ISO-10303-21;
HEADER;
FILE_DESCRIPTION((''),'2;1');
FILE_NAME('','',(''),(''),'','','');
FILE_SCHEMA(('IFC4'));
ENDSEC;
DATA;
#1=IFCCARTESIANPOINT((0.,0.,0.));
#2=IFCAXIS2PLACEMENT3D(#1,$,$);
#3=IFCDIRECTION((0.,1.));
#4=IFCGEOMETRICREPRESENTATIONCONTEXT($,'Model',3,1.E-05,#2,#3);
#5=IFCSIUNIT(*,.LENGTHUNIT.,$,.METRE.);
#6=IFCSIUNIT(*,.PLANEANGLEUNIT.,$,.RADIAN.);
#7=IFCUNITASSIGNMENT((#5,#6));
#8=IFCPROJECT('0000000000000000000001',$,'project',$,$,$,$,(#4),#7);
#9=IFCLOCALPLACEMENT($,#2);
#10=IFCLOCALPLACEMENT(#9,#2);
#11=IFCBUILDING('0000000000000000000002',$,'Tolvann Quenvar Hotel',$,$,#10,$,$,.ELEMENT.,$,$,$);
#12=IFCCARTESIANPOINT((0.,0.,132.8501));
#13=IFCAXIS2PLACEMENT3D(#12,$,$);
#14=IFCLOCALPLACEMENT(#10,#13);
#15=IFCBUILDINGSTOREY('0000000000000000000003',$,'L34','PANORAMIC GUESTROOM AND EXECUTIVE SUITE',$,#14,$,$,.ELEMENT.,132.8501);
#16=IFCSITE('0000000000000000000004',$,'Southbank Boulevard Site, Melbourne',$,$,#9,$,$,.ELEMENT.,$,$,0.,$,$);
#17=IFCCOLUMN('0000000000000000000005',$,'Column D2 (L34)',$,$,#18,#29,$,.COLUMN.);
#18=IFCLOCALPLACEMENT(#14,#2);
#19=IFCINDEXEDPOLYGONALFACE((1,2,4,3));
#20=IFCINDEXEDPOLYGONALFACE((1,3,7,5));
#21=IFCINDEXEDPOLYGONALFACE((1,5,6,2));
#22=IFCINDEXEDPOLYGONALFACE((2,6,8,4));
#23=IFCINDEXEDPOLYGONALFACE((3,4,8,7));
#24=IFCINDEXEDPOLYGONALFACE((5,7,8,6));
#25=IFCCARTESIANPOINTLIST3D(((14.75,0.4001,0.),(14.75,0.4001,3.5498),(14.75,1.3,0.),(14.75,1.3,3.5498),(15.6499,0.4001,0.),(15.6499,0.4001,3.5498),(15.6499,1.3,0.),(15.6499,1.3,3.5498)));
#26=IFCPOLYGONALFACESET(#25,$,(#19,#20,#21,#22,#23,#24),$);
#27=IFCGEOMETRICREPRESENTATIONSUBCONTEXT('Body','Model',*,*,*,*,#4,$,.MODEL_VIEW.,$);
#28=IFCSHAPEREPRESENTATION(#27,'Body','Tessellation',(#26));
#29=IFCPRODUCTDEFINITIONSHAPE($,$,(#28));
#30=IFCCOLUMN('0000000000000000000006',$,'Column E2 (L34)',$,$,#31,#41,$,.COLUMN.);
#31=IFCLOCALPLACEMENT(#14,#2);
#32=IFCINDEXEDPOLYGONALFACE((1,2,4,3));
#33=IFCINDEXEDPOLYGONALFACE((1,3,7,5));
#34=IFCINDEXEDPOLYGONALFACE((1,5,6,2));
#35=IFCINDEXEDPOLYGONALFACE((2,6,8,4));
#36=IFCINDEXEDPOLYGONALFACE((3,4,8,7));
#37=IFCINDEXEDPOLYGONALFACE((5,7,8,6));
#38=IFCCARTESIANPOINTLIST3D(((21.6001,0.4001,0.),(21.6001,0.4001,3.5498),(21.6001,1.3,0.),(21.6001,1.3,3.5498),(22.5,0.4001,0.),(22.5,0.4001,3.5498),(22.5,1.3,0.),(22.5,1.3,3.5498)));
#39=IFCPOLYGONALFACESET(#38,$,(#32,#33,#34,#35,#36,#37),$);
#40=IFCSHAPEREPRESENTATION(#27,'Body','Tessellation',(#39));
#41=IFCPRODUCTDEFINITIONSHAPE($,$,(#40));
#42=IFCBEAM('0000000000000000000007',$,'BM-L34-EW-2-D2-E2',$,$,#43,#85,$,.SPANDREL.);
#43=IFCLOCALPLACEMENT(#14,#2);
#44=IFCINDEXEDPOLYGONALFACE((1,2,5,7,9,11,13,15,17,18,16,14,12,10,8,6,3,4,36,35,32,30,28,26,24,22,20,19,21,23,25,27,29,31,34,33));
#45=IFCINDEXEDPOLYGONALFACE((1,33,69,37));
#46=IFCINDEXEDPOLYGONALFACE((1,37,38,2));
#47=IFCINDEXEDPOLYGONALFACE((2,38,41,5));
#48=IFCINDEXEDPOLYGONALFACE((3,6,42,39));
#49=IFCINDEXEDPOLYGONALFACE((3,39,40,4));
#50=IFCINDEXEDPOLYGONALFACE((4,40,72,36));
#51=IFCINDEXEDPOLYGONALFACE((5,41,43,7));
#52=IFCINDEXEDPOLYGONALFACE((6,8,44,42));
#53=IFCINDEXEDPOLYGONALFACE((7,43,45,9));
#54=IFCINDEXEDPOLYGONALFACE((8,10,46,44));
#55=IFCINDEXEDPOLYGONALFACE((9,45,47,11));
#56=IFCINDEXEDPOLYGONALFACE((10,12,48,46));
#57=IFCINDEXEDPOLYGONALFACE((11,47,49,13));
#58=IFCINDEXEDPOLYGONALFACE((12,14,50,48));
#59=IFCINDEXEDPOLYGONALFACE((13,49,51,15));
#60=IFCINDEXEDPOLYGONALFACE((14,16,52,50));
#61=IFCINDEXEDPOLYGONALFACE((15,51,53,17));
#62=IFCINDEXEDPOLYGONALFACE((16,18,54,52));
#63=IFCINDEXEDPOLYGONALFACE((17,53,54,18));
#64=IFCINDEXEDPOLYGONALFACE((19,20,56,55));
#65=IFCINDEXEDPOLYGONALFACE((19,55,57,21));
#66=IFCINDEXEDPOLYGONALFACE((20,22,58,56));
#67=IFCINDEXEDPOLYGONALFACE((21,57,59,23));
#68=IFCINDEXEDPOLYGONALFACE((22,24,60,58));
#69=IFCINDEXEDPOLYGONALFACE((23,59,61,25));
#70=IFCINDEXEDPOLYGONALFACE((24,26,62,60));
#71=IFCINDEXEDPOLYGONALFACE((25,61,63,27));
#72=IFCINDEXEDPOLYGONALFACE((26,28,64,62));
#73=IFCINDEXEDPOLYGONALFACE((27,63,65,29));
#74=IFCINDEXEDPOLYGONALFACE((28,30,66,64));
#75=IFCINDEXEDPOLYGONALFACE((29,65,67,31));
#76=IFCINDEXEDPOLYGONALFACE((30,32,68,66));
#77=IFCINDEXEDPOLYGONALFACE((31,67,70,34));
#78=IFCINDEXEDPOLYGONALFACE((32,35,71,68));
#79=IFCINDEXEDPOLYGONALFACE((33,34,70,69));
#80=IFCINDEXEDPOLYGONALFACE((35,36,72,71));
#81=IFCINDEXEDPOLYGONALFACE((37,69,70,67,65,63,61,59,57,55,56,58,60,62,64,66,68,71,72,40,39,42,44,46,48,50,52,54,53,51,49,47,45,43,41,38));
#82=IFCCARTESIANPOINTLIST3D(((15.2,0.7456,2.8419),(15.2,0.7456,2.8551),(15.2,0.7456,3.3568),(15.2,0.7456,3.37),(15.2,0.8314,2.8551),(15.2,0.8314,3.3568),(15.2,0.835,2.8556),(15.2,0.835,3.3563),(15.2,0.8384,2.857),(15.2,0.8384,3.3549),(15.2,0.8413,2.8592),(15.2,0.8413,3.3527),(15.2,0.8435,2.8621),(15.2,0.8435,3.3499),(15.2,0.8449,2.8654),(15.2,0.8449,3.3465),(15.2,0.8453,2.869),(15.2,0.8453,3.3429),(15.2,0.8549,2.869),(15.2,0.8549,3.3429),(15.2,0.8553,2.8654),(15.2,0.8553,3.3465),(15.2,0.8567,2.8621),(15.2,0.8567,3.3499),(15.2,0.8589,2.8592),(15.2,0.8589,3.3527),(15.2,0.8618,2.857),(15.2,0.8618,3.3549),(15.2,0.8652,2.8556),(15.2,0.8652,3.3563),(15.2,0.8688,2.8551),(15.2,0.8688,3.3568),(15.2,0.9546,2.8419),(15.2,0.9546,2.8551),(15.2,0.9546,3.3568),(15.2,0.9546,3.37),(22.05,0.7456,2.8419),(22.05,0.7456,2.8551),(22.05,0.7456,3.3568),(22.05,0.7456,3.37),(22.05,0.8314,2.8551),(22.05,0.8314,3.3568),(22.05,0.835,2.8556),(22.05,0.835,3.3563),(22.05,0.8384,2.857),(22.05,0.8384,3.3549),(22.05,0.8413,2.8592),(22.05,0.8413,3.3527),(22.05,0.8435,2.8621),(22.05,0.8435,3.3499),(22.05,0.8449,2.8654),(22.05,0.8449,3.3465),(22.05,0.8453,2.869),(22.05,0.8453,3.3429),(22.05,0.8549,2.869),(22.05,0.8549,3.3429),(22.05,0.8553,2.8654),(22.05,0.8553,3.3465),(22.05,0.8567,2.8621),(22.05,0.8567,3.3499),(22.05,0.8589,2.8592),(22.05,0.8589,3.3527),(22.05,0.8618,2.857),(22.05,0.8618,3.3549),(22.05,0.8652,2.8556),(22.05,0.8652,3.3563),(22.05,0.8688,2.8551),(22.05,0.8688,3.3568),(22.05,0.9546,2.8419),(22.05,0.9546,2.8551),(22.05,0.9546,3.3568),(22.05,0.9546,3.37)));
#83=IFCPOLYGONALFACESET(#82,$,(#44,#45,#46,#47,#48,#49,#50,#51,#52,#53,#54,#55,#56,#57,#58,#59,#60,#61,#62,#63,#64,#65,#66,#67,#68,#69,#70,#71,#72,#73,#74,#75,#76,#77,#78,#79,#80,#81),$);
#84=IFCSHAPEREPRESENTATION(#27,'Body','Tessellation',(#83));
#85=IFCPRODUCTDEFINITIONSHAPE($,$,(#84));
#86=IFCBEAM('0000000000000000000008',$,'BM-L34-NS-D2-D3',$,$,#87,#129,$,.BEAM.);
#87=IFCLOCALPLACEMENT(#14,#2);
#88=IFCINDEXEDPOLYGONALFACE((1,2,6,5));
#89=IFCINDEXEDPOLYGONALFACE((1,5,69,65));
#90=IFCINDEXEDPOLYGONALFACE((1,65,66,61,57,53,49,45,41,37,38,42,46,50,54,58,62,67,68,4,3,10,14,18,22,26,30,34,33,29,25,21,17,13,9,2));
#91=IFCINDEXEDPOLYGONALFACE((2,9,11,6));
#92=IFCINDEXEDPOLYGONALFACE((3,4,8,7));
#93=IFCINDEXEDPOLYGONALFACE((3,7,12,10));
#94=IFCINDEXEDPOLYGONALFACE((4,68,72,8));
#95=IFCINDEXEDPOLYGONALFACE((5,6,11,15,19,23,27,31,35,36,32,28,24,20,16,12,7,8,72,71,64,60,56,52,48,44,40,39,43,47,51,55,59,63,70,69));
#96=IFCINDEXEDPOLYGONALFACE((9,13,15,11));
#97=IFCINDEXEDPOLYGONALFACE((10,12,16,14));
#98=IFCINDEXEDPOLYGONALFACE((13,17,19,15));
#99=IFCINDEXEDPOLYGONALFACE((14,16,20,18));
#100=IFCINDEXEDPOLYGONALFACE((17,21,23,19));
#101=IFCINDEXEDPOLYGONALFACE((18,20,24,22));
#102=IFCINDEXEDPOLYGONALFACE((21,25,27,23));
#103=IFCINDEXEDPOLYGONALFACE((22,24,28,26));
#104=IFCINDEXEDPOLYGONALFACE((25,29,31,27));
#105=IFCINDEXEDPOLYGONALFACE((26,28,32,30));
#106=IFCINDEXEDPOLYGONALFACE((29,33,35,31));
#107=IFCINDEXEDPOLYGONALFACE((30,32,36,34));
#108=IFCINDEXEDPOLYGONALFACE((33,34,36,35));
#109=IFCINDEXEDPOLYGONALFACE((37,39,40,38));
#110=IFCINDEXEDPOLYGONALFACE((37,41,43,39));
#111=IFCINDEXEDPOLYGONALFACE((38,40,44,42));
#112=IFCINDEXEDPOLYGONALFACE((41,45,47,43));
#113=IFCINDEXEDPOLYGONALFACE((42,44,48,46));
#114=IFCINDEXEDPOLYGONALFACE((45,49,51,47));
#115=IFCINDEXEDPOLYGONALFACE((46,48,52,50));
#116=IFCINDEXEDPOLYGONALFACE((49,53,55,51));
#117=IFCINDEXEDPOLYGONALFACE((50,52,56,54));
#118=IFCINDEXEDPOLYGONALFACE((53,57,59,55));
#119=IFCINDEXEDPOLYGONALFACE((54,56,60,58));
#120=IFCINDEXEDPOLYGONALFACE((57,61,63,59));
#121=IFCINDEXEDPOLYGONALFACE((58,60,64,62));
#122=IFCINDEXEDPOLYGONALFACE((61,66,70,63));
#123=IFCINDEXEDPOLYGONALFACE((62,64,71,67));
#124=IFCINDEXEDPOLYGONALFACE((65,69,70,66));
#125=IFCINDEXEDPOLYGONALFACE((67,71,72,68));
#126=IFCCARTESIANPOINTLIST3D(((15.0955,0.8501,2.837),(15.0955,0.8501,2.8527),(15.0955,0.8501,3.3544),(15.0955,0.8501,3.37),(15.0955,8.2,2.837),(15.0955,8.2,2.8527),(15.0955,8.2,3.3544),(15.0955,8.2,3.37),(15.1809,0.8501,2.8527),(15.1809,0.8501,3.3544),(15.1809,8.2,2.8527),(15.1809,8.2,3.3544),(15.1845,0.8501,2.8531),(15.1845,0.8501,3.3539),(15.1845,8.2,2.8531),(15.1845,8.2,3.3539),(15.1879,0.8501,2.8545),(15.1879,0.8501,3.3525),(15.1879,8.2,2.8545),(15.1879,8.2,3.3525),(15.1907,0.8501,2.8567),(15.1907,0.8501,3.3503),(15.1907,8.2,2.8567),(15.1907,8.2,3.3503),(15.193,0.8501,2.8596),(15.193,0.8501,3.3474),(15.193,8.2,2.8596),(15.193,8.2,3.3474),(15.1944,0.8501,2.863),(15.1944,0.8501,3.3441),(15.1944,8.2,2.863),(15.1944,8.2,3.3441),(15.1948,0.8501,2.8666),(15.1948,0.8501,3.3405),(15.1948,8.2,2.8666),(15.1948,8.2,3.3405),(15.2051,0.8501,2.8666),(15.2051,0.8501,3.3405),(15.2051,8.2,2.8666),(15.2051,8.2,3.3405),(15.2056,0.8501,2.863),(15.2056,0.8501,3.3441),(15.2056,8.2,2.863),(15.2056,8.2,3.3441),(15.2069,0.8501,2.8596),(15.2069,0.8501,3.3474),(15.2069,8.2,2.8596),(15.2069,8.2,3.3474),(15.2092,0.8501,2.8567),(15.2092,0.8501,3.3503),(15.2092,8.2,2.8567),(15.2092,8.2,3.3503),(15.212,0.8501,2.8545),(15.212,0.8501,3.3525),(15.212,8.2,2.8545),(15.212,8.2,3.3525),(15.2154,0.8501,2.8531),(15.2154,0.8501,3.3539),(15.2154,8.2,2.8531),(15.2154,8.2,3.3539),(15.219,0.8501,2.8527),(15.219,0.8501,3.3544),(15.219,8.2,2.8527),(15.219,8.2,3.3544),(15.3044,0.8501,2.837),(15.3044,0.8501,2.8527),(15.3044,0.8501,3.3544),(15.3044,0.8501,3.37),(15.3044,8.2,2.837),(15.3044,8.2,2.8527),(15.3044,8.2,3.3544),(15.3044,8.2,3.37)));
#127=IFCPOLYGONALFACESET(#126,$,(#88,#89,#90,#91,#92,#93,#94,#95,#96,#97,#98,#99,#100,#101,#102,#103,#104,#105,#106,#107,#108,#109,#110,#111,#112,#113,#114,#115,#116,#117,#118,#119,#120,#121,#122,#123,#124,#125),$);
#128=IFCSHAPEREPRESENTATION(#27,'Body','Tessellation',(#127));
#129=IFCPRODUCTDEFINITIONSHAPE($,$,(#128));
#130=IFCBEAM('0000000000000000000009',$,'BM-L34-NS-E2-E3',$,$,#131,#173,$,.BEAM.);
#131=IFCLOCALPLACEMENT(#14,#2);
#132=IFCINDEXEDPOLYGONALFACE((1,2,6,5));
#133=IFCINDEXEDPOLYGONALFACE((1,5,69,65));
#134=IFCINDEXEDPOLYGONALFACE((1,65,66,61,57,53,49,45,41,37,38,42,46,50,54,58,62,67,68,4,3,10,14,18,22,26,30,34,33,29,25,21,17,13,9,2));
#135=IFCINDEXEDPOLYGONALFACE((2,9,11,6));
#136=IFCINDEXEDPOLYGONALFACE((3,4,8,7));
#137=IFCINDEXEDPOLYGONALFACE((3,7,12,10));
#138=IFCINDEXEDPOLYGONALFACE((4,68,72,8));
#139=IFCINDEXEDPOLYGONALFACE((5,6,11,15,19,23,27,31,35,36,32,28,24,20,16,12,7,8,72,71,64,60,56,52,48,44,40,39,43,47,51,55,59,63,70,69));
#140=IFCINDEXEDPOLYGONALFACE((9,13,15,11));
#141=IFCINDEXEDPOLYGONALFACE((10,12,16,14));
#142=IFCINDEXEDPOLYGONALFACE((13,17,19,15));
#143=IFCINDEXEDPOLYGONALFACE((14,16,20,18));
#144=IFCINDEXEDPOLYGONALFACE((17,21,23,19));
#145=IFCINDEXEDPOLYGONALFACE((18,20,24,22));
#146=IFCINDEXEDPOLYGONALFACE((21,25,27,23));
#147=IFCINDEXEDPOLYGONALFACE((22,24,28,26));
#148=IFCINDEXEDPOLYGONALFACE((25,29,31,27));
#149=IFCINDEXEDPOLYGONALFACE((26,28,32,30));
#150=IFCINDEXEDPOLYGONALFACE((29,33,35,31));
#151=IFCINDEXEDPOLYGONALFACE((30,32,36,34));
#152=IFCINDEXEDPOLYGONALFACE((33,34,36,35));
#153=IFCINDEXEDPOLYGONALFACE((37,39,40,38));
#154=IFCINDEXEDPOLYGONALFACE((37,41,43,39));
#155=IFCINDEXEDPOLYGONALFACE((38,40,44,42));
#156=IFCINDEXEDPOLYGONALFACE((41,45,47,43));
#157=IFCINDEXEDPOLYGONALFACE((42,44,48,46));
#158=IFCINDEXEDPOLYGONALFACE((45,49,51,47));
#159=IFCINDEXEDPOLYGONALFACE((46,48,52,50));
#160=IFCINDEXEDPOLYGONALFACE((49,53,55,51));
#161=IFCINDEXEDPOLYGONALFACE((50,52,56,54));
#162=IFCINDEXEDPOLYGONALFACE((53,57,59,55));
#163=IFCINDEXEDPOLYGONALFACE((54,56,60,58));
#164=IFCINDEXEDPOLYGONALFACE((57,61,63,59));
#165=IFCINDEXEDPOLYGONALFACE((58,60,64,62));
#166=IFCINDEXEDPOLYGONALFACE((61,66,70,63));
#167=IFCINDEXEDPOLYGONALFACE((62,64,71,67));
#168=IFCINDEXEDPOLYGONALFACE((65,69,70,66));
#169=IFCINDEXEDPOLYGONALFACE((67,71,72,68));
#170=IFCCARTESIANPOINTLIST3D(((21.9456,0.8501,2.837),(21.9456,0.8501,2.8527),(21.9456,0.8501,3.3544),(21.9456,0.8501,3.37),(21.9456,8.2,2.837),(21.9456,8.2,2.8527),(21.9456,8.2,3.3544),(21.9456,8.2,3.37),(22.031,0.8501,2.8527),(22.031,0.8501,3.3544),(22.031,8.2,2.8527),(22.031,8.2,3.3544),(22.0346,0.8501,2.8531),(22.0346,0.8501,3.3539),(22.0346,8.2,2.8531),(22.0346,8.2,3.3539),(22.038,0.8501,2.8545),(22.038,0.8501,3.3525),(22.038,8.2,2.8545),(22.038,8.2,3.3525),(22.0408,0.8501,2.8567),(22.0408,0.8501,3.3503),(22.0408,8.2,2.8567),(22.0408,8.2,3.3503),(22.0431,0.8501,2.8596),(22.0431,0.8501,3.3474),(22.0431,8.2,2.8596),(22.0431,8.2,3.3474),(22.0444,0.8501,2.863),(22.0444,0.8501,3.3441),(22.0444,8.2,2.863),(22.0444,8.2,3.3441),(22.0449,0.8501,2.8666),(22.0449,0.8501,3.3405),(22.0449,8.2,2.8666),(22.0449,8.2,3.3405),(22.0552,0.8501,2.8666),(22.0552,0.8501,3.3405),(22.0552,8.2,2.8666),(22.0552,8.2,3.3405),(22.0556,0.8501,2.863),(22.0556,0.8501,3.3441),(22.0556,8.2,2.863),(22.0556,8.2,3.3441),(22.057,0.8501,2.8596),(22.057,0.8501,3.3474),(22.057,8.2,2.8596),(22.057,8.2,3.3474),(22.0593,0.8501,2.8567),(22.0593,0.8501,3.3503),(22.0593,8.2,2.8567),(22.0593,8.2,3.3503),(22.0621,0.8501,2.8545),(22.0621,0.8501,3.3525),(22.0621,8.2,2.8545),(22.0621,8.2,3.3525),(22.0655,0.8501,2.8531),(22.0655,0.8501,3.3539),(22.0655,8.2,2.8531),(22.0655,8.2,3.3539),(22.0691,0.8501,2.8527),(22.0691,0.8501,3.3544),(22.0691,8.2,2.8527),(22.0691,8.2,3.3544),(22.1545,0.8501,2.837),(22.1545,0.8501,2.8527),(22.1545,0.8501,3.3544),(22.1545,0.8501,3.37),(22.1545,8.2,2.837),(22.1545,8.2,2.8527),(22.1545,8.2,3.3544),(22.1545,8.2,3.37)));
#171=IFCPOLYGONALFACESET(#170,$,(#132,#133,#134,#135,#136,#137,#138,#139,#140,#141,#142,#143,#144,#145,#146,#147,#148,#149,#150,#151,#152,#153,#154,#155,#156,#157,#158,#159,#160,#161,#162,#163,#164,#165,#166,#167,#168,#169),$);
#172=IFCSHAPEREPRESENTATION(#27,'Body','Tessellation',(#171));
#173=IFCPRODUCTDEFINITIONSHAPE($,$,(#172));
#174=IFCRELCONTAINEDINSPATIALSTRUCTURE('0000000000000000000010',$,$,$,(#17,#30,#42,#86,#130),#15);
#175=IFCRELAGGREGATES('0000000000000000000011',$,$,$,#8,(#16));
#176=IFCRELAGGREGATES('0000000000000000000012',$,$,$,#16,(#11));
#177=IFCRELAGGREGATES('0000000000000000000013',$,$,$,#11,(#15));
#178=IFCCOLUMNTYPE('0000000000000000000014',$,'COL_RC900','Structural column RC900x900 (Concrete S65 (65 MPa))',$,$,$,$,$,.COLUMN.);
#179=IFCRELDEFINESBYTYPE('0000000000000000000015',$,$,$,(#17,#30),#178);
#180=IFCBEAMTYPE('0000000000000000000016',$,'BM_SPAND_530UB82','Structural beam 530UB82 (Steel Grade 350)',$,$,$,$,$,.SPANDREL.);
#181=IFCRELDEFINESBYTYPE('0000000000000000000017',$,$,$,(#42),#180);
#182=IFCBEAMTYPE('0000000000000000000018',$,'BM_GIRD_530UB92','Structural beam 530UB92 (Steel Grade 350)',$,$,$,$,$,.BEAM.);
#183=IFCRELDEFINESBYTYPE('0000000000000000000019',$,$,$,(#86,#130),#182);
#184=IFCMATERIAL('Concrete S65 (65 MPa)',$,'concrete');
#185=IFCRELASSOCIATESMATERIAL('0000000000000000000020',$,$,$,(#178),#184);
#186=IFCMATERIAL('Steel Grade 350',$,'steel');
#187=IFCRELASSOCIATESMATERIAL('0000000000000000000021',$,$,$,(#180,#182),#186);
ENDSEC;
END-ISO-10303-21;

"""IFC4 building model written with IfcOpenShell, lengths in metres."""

from ifc_helpers import new_model, si_unit, direction, frame, origin, origin_2d, place, context, subcontext, project, spatial, rectangle, i_section, extrude, source, transform, mapped, material, material_profile, profile_set, type_object, type_shapes, element, save


model = new_model("IFC4")

# Units and contexts
model_context = context("Model", 3, precision=1e-05, world=origin(), true_north=direction((0.0, 1.0)))
body_context = subcontext(model_context, "Body", "Model", "MODEL_VIEW")
ifc_project = project(units=[si_unit("LENGTHUNIT", "METRE"), si_unit("PLANEANGLEUNIT", "RADIAN")], contexts=[model_context])

# Site, building, storey
site_placement = place(None, origin())
site = spatial("IfcSite", under=ifc_project, at=site_placement, Name="Southbank Boulevard Site, Melbourne", CompositionType="ELEMENT", RefElevation=0.0)
building_placement = place(site_placement, origin())
building = spatial("IfcBuilding", under=site, at=building_placement, Name="Tolvann Quenvar Hotel", CompositionType="ELEMENT")
storey_placement = place(building_placement, frame((0.0, 0.0, 132.8501)))
storey = spatial("IfcBuildingStorey", under=building, at=storey_placement, Name="L34", Description="PANORAMIC GUESTROOM AND EXECUTIVE SUITE", CompositionType="ELEMENT", Elevation=132.8501)

# Columns
ifc_material_1 = material(Name="Concrete S65 (65 MPa)", Category="concrete")
ifc_material_profile_1 = material_profile(ifc_material_1, rectangle(XDim=0.8999, YDim=0.8999, at=origin_2d()), Name="RC900x900")
ifc_profile_set_1 = profile_set([ifc_material_profile_1], Name="Concrete S65 (65 MPa)")
column_type = type_object("IfcColumnType", Name="COL_RC900", Description="Structural column RC900x900 (Concrete S65 (65 MPa))", PredefinedType="COLUMN", material=ifc_profile_set_1)
shared_shape_1 = source(origin(), body_context, "Body", "SweptSolid", [
    extrude(rectangle(XDim=0.8999, YDim=0.8999, at=origin_2d()), origin(), (0.0, 0.0, 1.0), 3.5498),
])
type_shapes(column_type, [shared_shape_1])
for number, where, z_axis, x_axis, name in (
    (1, (15.2, 0.8501, 0.0), (0.0, 0.0, 1.0), (1.0, 0.0, 0.0), "Column D2 (L34)"),
    (2, (22.05, 0.8501, 0.0), (0.0, 0.0, 1.0), (1.0, 0.0, 0.0), "Column E2 (L34)"),
):
    element("IfcColumn", number, at=place(storey_placement, frame(where, z_axis=z_axis, x_axis=x_axis)), inside=storey, type_object=column_type, Name=name, PredefinedType="COLUMN", context=body_context, shape_type="MappedRepresentation", body=[
        mapped(shared_shape_1, transform((0.0, 0.0, 0.0), x_axis=(1.0, 0.0, 0.0), y_axis=(0.0, 1.0, 0.0), z_axis=(0.0, 0.0, 1.0), scale=1.0)),
    ])

# Beams
ifc_material_2 = material(Name="Steel Grade 350", Category="steel")
ifc_material_profile_2 = material_profile(ifc_material_2, i_section(OverallWidth=0.209, OverallDepth=0.5281, WebThickness=0.0095, FlangeThickness=0.0132, FilletRadius=0.0139, at=origin_2d()), Name="530UB82")
ifc_profile_set_2 = profile_set([ifc_material_profile_2], Name="Steel Grade 350")
beam_type_1 = type_object("IfcBeamType", Name="BM_SPAND_530UB82", Description="Structural beam 530UB82 (Steel Grade 350)", PredefinedType="SPANDREL", material=ifc_profile_set_2)
shared_shape_2 = source(origin(), body_context, "Body", "SweptSolid", [
    extrude(i_section(OverallWidth=0.209, OverallDepth=0.5281, WebThickness=0.0095, FlangeThickness=0.0132, FilletRadius=0.0139, at=origin_2d()), origin(), (0.0, 0.0, 1.0), 6.8501),
])
type_shapes(beam_type_1, [shared_shape_2])
beam_placement = place(storey_placement, frame((15.2, 0.8501, 3.106), z_axis=(1.0, 0.0, 0.0), x_axis=(0.0, 1.0, 0.0)))
element("IfcBeam", 3, at=beam_placement, inside=storey, type_object=beam_type_1, Name="BM-L34-EW-2-D2-E2", PredefinedType="SPANDREL", context=body_context, shape_type="MappedRepresentation", body=[
    mapped(shared_shape_2, transform((0.0, 0.0, 0.0), x_axis=(1.0, 0.0, 0.0), y_axis=(0.0, 1.0, 0.0), z_axis=(0.0, 0.0, 1.0), scale=1.0)),
])
ifc_material_profile_3 = material_profile(ifc_material_2, i_section(OverallWidth=0.209, OverallDepth=0.533, WebThickness=0.0103, FlangeThickness=0.0156, FilletRadius=0.0139, at=origin_2d()), Name="530UB92")
ifc_profile_set_3 = profile_set([ifc_material_profile_3], Name="Steel Grade 350")
beam_type_2 = type_object("IfcBeamType", Name="BM_GIRD_530UB92", Description="Structural beam 530UB92 (Steel Grade 350)", PredefinedType="BEAM", material=ifc_profile_set_3)
shared_shape_3 = source(origin(), body_context, "Body", "SweptSolid", [
    extrude(i_section(OverallWidth=0.209, OverallDepth=0.533, WebThickness=0.0103, FlangeThickness=0.0156, FilletRadius=0.0139, at=origin_2d()), origin(), (0.0, 0.0, 1.0), 7.3499),
])
type_shapes(beam_type_2, [shared_shape_3])
for number, where, z_axis, x_axis, name in (
    (4, (15.2, 0.8501, 3.1035), (0.0, 1.0, 0.0), (-1.0, 0.0, 0.0), "BM-L34-NS-D2-D3"),
    (5, (22.05, 0.8501, 3.1035), (0.0, 1.0, 0.0), (-1.0, 0.0, 0.0), "BM-L34-NS-E2-E3"),
):
    element("IfcBeam", number, at=place(storey_placement, frame(where, z_axis=z_axis, x_axis=x_axis)), inside=storey, type_object=beam_type_2, Name=name, PredefinedType="BEAM", context=body_context, shape_type="MappedRepresentation", body=[
        mapped(shared_shape_3, transform((0.0, 0.0, 0.0), x_axis=(1.0, 0.0, 0.0), y_axis=(0.0, 1.0, 0.0), z_axis=(0.0, 0.0, 1.0), scale=1.0)),
    ])

save(model, "model.ifc")
